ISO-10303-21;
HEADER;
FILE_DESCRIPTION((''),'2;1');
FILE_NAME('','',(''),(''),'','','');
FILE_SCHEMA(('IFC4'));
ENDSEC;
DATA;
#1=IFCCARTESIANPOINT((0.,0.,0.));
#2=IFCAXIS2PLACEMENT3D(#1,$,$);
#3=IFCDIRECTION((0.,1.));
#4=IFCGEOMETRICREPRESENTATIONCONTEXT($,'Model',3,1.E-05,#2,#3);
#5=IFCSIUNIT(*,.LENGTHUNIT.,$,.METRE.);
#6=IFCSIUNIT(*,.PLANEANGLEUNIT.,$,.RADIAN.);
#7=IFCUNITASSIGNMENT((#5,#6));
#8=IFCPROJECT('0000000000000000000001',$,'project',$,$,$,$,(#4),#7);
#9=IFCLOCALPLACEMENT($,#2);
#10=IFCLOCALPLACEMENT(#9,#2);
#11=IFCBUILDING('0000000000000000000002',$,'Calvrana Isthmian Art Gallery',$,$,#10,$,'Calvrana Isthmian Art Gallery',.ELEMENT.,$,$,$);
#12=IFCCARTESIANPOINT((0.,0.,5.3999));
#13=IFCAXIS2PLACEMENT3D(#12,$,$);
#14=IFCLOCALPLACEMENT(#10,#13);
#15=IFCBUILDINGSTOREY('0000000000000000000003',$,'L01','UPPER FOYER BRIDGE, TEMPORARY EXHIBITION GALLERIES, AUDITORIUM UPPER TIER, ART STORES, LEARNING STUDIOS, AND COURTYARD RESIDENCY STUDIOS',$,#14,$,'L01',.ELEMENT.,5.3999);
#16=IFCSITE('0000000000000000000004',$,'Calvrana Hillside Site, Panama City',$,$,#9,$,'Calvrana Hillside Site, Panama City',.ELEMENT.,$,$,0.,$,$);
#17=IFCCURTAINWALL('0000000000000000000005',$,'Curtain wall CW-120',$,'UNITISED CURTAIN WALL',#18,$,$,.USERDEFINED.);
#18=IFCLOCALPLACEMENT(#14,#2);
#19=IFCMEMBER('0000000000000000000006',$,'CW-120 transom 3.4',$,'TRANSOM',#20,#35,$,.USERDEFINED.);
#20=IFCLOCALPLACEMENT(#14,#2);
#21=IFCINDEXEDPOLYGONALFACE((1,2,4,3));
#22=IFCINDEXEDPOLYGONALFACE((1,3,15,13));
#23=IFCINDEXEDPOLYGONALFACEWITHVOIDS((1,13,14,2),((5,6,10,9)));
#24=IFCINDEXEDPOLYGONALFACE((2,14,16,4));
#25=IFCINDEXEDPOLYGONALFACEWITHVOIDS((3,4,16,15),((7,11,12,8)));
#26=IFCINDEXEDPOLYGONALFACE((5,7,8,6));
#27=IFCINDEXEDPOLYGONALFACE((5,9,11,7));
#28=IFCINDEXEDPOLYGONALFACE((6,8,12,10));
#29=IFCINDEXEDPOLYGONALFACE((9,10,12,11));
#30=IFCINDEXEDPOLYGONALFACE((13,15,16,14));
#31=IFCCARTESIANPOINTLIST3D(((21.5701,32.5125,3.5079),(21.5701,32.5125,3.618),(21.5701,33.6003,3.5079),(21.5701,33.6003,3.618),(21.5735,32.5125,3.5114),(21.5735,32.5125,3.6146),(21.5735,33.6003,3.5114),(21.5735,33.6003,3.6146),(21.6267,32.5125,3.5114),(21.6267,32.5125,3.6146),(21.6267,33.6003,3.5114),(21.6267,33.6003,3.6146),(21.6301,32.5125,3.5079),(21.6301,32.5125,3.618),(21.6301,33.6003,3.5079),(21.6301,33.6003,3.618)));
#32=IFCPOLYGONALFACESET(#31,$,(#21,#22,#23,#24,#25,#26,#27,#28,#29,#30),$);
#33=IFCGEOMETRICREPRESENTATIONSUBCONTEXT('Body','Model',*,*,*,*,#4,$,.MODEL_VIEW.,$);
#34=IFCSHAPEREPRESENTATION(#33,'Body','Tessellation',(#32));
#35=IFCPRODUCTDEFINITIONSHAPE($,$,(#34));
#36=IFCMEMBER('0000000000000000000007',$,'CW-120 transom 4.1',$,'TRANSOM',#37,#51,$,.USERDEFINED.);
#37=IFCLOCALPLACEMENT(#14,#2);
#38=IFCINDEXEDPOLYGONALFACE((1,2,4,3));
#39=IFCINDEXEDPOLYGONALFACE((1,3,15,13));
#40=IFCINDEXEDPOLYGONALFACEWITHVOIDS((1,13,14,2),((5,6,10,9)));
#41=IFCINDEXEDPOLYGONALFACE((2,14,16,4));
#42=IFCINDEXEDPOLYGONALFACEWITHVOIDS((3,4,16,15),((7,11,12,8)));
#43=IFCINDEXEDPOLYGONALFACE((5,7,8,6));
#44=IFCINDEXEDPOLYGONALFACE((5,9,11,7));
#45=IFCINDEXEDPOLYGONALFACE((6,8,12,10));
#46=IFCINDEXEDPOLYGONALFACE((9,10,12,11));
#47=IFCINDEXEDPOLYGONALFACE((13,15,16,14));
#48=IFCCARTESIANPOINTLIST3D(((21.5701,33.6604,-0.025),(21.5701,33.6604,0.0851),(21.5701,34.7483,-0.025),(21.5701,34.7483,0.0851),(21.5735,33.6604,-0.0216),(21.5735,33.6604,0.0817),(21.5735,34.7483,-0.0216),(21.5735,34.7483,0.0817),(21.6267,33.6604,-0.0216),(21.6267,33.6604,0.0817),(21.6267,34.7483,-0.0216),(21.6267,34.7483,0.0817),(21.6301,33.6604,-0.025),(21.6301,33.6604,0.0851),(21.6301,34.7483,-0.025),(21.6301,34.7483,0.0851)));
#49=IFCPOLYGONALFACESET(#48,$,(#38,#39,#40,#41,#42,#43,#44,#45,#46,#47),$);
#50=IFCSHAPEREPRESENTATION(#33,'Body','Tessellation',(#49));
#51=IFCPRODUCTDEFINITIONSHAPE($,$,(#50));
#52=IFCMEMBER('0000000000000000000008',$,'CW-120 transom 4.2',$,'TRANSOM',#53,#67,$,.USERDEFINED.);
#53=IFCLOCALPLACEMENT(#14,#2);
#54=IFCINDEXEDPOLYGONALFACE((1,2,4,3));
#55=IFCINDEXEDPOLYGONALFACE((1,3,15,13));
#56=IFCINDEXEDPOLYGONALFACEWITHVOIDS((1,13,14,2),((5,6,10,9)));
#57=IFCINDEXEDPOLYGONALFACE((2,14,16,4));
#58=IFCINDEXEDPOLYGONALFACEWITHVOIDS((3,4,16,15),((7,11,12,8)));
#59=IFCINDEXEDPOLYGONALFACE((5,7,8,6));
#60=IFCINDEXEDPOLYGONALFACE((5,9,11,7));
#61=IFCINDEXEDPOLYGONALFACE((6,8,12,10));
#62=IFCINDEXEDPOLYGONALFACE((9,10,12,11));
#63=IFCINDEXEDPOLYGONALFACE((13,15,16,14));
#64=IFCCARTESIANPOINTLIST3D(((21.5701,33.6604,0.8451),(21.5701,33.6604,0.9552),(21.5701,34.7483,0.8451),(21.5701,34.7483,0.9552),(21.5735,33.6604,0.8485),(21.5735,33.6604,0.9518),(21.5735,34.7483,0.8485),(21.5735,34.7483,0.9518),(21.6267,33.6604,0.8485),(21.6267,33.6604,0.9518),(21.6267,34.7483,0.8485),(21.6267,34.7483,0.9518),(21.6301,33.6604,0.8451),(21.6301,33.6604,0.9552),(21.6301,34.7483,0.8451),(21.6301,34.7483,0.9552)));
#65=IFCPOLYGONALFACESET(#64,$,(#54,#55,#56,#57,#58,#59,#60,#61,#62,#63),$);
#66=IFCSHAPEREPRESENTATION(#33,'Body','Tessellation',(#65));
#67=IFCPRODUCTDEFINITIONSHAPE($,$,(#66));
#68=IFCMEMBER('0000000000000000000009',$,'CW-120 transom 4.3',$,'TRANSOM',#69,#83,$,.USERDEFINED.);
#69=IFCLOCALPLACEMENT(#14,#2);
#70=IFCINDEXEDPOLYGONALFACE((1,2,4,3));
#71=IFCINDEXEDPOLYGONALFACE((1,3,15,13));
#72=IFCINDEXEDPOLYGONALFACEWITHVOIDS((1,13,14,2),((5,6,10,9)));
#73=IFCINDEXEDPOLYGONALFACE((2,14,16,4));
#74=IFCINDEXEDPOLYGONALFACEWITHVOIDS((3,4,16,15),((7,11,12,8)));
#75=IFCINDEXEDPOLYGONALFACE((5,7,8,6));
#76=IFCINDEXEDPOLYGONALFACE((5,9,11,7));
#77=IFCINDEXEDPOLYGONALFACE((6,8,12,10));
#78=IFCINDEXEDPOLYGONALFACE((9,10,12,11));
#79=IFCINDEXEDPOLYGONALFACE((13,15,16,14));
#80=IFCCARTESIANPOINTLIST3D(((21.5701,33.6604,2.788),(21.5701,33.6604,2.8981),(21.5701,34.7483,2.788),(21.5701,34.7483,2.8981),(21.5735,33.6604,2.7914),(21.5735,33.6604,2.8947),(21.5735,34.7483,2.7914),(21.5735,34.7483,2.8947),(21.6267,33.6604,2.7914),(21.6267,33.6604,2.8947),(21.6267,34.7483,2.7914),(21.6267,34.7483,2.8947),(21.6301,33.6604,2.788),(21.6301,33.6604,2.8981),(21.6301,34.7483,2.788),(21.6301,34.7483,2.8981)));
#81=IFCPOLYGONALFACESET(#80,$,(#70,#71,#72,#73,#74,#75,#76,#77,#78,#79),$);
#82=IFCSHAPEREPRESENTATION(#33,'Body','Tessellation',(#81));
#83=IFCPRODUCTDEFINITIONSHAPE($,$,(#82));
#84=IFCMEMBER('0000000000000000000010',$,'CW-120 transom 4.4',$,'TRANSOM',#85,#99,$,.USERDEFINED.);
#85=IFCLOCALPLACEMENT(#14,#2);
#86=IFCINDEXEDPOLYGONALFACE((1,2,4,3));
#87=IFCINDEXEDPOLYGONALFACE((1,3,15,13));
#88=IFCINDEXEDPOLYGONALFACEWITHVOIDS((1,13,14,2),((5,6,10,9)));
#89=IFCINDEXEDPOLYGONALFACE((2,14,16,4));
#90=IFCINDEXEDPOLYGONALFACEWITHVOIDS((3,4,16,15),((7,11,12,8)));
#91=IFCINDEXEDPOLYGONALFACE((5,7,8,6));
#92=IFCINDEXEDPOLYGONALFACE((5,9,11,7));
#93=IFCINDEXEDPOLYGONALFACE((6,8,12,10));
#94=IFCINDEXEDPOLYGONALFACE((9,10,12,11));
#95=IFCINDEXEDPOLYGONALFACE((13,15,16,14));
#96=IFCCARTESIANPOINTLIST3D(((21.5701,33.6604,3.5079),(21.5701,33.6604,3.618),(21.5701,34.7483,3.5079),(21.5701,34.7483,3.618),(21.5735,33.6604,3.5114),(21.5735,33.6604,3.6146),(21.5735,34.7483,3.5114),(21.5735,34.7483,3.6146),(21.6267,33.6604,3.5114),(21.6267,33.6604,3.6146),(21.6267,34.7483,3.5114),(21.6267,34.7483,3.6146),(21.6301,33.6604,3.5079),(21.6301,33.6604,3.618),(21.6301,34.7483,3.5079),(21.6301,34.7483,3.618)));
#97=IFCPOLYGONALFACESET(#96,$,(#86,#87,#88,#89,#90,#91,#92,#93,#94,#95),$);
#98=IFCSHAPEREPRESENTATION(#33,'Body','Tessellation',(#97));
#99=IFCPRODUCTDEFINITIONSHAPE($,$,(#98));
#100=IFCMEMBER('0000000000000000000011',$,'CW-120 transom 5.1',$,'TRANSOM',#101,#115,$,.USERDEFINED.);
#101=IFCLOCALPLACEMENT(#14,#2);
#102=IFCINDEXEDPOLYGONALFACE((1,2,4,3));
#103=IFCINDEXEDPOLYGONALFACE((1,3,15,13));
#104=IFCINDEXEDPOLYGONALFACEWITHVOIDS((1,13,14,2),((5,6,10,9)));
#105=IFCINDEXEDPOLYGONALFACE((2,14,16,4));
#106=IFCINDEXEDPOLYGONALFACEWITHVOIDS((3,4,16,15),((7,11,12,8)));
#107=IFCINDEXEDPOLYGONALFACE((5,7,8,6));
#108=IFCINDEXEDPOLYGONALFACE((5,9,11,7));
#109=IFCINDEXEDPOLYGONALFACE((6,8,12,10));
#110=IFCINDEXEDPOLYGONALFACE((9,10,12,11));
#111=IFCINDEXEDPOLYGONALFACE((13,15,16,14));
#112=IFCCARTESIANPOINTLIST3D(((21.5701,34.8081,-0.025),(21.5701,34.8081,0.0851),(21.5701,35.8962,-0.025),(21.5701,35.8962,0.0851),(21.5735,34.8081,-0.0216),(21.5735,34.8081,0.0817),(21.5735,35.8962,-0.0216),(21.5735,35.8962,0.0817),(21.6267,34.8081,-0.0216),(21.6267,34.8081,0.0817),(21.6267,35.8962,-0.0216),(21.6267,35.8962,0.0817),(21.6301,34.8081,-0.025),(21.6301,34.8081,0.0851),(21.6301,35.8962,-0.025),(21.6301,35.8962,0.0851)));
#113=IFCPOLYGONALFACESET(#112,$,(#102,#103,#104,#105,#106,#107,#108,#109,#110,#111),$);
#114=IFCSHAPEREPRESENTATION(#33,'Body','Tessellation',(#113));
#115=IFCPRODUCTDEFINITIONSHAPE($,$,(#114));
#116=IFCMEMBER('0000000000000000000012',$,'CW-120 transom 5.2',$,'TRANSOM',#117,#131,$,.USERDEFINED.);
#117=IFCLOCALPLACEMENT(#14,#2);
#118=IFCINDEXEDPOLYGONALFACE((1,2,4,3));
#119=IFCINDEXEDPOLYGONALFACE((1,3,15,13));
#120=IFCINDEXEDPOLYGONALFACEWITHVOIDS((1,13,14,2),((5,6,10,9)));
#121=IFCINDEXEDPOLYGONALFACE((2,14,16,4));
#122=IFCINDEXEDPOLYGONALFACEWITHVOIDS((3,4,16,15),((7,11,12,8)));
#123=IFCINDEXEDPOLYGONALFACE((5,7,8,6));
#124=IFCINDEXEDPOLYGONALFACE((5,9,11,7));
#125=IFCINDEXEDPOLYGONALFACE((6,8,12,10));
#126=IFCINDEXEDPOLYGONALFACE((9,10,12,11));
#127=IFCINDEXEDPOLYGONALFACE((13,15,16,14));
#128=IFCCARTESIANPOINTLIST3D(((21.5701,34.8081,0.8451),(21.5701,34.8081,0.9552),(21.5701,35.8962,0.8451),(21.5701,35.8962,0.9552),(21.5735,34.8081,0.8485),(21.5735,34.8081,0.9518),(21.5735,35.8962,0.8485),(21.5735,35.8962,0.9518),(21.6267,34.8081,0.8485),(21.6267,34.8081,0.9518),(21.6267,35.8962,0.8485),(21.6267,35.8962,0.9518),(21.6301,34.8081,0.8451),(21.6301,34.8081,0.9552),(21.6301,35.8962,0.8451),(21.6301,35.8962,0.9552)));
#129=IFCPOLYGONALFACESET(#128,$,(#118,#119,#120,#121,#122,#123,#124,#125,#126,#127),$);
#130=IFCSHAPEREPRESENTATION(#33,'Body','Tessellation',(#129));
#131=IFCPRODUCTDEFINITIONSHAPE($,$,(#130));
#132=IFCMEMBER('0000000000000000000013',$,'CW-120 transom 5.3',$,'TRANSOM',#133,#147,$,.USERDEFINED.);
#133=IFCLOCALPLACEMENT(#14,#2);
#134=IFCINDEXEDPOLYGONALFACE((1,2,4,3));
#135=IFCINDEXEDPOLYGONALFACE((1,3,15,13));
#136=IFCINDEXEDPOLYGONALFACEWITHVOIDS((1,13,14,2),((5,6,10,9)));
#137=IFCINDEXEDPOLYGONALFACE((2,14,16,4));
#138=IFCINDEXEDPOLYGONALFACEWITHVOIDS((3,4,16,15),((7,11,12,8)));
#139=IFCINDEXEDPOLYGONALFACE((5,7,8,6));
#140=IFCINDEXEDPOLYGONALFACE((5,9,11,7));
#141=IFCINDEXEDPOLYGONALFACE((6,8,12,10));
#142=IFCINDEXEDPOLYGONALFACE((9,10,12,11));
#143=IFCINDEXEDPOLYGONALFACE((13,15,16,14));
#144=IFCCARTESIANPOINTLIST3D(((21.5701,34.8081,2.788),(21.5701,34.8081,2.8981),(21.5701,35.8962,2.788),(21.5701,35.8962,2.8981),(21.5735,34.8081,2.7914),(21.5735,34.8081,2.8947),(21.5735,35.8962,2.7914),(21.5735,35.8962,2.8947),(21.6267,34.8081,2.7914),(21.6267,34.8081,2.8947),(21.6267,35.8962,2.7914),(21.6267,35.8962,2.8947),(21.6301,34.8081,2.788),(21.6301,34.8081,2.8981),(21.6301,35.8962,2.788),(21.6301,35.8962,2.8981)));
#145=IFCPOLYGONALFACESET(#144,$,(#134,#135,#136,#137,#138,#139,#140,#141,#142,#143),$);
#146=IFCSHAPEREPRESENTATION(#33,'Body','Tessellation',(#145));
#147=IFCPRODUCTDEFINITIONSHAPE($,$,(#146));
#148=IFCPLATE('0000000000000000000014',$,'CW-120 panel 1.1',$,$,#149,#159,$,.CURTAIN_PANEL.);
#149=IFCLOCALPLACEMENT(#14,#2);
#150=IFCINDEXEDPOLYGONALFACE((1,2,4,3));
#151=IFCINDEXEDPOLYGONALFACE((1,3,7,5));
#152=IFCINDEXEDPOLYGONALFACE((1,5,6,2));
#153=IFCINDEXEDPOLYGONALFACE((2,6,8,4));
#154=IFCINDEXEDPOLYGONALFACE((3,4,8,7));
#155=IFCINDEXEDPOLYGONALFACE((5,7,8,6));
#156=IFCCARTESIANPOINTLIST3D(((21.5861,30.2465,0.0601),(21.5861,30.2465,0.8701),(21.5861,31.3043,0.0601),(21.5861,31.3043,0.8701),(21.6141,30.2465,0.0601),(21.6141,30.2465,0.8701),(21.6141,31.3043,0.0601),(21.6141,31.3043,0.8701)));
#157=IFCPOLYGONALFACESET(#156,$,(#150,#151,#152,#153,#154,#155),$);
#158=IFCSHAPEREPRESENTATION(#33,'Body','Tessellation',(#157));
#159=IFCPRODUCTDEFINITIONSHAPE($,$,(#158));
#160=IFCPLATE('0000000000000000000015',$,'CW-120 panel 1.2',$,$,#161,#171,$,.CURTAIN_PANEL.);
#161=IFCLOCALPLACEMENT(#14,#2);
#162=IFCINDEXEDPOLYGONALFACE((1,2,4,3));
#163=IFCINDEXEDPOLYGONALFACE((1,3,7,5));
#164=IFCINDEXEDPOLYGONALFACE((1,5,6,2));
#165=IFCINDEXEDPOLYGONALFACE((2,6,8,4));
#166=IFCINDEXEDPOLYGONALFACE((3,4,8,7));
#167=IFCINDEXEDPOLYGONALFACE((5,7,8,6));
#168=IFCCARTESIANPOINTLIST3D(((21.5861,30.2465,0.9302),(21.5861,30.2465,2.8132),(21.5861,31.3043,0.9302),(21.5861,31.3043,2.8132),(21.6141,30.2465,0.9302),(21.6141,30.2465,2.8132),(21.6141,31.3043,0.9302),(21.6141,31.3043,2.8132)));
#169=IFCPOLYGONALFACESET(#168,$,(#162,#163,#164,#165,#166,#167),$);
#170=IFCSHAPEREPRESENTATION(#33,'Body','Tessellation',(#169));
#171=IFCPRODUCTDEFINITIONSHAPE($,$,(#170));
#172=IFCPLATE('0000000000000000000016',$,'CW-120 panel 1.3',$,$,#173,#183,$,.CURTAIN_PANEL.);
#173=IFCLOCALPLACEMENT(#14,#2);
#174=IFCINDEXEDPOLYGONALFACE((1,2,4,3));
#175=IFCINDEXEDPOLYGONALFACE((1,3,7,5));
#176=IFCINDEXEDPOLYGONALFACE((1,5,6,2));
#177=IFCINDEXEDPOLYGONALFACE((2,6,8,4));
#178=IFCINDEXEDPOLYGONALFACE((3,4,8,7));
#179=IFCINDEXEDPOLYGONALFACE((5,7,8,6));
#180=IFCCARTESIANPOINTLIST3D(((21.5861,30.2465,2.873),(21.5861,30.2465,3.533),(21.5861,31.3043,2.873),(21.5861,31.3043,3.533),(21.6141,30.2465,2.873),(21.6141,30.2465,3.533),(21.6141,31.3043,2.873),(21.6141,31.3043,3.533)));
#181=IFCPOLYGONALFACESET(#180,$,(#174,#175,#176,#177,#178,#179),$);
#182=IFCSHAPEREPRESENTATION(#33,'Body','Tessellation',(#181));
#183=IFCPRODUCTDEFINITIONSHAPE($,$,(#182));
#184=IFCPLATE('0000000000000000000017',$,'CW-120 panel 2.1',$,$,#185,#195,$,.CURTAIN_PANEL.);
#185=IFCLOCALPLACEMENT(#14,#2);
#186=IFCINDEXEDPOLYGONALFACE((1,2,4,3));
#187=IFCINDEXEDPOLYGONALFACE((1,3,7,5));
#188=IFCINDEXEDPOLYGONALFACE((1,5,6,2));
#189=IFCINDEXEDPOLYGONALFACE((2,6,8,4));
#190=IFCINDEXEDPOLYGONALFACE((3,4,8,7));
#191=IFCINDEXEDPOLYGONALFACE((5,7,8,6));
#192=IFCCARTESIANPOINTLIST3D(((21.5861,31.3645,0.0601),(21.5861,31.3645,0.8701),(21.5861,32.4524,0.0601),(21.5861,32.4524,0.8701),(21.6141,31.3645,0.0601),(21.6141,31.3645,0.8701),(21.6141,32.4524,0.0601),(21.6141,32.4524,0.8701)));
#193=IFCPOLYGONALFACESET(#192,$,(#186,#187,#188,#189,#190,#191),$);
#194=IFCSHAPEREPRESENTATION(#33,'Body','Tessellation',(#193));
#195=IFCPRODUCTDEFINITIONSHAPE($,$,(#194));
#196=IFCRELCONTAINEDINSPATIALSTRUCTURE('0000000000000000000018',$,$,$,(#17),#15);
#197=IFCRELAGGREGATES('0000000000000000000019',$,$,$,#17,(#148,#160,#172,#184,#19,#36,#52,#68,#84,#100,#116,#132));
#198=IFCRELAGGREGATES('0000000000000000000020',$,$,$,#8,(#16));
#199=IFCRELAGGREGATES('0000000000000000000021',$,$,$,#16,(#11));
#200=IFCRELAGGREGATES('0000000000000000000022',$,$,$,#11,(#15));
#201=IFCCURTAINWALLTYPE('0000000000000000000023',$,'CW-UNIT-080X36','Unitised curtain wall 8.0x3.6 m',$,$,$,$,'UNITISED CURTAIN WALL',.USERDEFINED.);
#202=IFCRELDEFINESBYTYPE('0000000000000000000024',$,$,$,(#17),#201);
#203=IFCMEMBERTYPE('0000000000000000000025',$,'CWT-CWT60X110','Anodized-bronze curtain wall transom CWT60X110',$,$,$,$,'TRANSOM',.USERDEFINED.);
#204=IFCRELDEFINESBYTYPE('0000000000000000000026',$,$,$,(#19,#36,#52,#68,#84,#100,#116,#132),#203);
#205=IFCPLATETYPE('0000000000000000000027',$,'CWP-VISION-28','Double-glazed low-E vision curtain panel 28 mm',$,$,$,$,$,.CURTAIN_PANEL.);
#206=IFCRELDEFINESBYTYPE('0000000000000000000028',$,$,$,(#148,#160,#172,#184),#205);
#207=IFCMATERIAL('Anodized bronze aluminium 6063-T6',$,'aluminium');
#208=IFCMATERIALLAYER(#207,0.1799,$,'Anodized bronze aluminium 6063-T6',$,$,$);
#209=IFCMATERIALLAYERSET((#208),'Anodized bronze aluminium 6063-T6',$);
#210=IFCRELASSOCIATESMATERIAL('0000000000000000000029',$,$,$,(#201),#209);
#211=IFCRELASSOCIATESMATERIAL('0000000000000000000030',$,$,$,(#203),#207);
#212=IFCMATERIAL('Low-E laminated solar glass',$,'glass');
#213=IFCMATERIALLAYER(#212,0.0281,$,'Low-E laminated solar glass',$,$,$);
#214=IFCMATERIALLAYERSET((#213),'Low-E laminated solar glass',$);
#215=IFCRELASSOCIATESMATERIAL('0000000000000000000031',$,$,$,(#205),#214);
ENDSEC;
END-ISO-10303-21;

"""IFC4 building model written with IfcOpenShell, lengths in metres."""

from ifc_helpers import new_model, si_unit, direction, frame, origin, origin_2d, place, context, subcontext, project, spatial, rectangle, hollow_rectangle, extrude, material, layer, layer_set, material_profile, profile_set, type_object, element, aggregate, save


model = new_model("IFC4")

# Units and contexts
model_context = context("Model", 3, precision=1e-05, world=origin(), true_north=direction((0.0, 1.0)))
body_context = subcontext(model_context, "Body", "Model", "MODEL_VIEW")
ifc_project = project(units=[si_unit("LENGTHUNIT", "METRE"), si_unit("PLANEANGLEUNIT", "RADIAN")], contexts=[model_context])

# Site, building, storey
site_placement = place(None, origin())
site = spatial("IfcSite", under=ifc_project, at=site_placement, Name="Calvrana Hillside Site, Panama City", LongName="Calvrana Hillside Site, Panama City", CompositionType="ELEMENT", RefElevation=0.0)
building_placement = place(site_placement, origin())
building = spatial("IfcBuilding", under=site, at=building_placement, Name="Calvrana Isthmian Art Gallery", LongName="Calvrana Isthmian Art Gallery", CompositionType="ELEMENT")
storey_placement = place(building_placement, frame((0.0, 0.0, 5.3999)))
storey = spatial("IfcBuildingStorey", under=building, at=storey_placement, Name="L01", Description="UPPER FOYER BRIDGE, TEMPORARY EXHIBITION GALLERIES, AUDITORIUM UPPER TIER, ART STORES, LEARNING STUDIOS, AND COURTYARD RESIDENCY STUDIOS", LongName="L01", CompositionType="ELEMENT", Elevation=5.3999)

# Curtain wall, members, plates
ifc_material_1 = material(Name="Anodized bronze aluminium 6063-T6", Category="aluminium")
ifc_layer_1 = layer(ifc_material_1, 0.1799, Name="Anodized bronze aluminium 6063-T6")
ifc_layer_set_1 = layer_set([ifc_layer_1], Name="Anodized bronze aluminium 6063-T6")
curtain_wall_type = type_object("IfcCurtainWallType", Name="CW-UNIT-080X36", Description="Unitised curtain wall 8.0x3.6 m", ElementType="UNITISED CURTAIN WALL", PredefinedType="USERDEFINED", material=ifc_layer_set_1)
curtain_wall_placement = place(storey_placement, origin())
curtain_wall = element("IfcCurtainWall", 1, at=curtain_wall_placement, inside=storey, type_object=curtain_wall_type, Name="Curtain wall CW-120", ObjectType="UNITISED CURTAIN WALL", PredefinedType="USERDEFINED")
ifc_material_profile_1 = material_profile(ifc_material_1, hollow_rectangle(XDim=0.0601, YDim=0.1101, WallThickness=0.0034, at=origin_2d()), Name="CWT60X110")
ifc_profile_set_1 = profile_set([ifc_material_profile_1], Name="Anodized bronze aluminium 6063-T6")
member_type_1 = type_object("IfcMemberType", Name="CWT-CWT60X110", Description="Anodized-bronze curtain wall transom CWT60X110", ElementType="TRANSOM", PredefinedType="USERDEFINED", material=ifc_profile_set_1)
member_1_placement = place(storey_placement, frame((21.6001, 32.5125, 3.563), z_axis=(0.0, 1.0, 0.0), x_axis=(-1.0, 0.0, 0.0)))
member_1 = element("IfcMember", 2, at=member_1_placement, type_object=member_type_1, Name="CW-120 transom 3.4", ObjectType="TRANSOM", PredefinedType="USERDEFINED", context=body_context, shape_type="SweptSolid", body=[
    extrude(hollow_rectangle(XDim=0.0601, YDim=0.1101, WallThickness=0.0034, at=origin_2d()), origin(), (0.0, 0.0, 1.0), 1.0879),
])
member_2_placement = place(storey_placement, frame((21.6001, 33.6604, 0.03), z_axis=(0.0, 1.0, 0.0), x_axis=(-1.0, 0.0, 0.0)))
member_2 = element("IfcMember", 3, at=member_2_placement, type_object=member_type_1, Name="CW-120 transom 4.1", ObjectType="TRANSOM", PredefinedType="USERDEFINED", context=body_context, shape_type="SweptSolid", body=[
    extrude(hollow_rectangle(XDim=0.0601, YDim=0.1101, WallThickness=0.0034, at=origin_2d()), origin(), (0.0, 0.0, 1.0), 1.0879),
])
member_3_placement = place(storey_placement, frame((21.6001, 33.6604, 0.9001), z_axis=(0.0, 1.0, 0.0), x_axis=(-1.0, 0.0, 0.0)))
member_3 = element("IfcMember", 4, at=member_3_placement, type_object=member_type_1, Name="CW-120 transom 4.2", ObjectType="TRANSOM", PredefinedType="USERDEFINED", context=body_context, shape_type="SweptSolid", body=[
    extrude(hollow_rectangle(XDim=0.0601, YDim=0.1101, WallThickness=0.0034, at=origin_2d()), origin(), (0.0, 0.0, 1.0), 1.0879),
])
member_4_placement = place(storey_placement, frame((21.6001, 33.6604, 2.843), z_axis=(0.0, 1.0, 0.0), x_axis=(-1.0, 0.0, 0.0)))
member_4 = element("IfcMember", 5, at=member_4_placement, type_object=member_type_1, Name="CW-120 transom 4.3", ObjectType="TRANSOM", PredefinedType="USERDEFINED", context=body_context, shape_type="SweptSolid", body=[
    extrude(hollow_rectangle(XDim=0.0601, YDim=0.1101, WallThickness=0.0034, at=origin_2d()), origin(), (0.0, 0.0, 1.0), 1.0879),
])
member_5_placement = place(storey_placement, frame((21.6001, 33.6604, 3.563), z_axis=(0.0, 1.0, 0.0), x_axis=(-1.0, 0.0, 0.0)))
member_5 = element("IfcMember", 6, at=member_5_placement, type_object=member_type_1, Name="CW-120 transom 4.4", ObjectType="TRANSOM", PredefinedType="USERDEFINED", context=body_context, shape_type="SweptSolid", body=[
    extrude(hollow_rectangle(XDim=0.0601, YDim=0.1101, WallThickness=0.0034, at=origin_2d()), origin(), (0.0, 0.0, 1.0), 1.0879),
])
member_6_placement = place(storey_placement, frame((21.6001, 34.8081, 0.03), z_axis=(0.0, 1.0, 0.0), x_axis=(-1.0, 0.0, 0.0)))
member_6 = element("IfcMember", 7, at=member_6_placement, type_object=member_type_1, Name="CW-120 transom 5.1", ObjectType="TRANSOM", PredefinedType="USERDEFINED", context=body_context, shape_type="SweptSolid", body=[
    extrude(hollow_rectangle(XDim=0.0601, YDim=0.1101, WallThickness=0.0034, at=origin_2d()), origin(), (0.0, 0.0, 1.0), 1.0881),
])
member_7_placement = place(storey_placement, frame((21.6001, 34.8081, 0.9001), z_axis=(0.0, 1.0, 0.0), x_axis=(-1.0, 0.0, 0.0)))
member_7 = element("IfcMember", 8, at=member_7_placement, type_object=member_type_1, Name="CW-120 transom 5.2", ObjectType="TRANSOM", PredefinedType="USERDEFINED", context=body_context, shape_type="SweptSolid", body=[
    extrude(hollow_rectangle(XDim=0.0601, YDim=0.1101, WallThickness=0.0034, at=origin_2d()), origin(), (0.0, 0.0, 1.0), 1.0881),
])
member_8_placement = place(storey_placement, frame((21.6001, 34.8081, 2.843), z_axis=(0.0, 1.0, 0.0), x_axis=(-1.0, 0.0, 0.0)))
member_8 = element("IfcMember", 9, at=member_8_placement, type_object=member_type_1, Name="CW-120 transom 5.3", ObjectType="TRANSOM", PredefinedType="USERDEFINED", context=body_context, shape_type="SweptSolid", body=[
    extrude(hollow_rectangle(XDim=0.0601, YDim=0.1101, WallThickness=0.0034, at=origin_2d()), origin(), (0.0, 0.0, 1.0), 1.0881),
])
ifc_material_2 = material(Name="Low-E laminated solar glass", Category="glass")
ifc_layer_2 = layer(ifc_material_2, 0.0281, Name="Low-E laminated solar glass")
ifc_layer_set_2 = layer_set([ifc_layer_2], Name="Low-E laminated solar glass")
plate_type = type_object("IfcPlateType", Name="CWP-VISION-28", Description="Double-glazed low-E vision curtain panel 28 mm", PredefinedType="CURTAIN_PANEL", material=ifc_layer_set_2)
plate_1_placement = place(storey_placement, frame((21.6001, 30.7754, 0.0601), z_axis=(0.0, 0.0, 1.0), x_axis=(0.0, 1.0, 0.0)))
plate_1 = element("IfcPlate", 10, at=plate_1_placement, type_object=plate_type, Name="CW-120 panel 1.1", PredefinedType="CURTAIN_PANEL", context=body_context, shape_type="SweptSolid", body=[
    extrude(rectangle(XDim=1.0579, YDim=0.0281, at=origin_2d()), origin(), (0.0, 0.0, 1.0), 0.8101),
])
plate_2_placement = place(storey_placement, frame((21.6001, 30.7754, 0.9302), z_axis=(0.0, 0.0, 1.0), x_axis=(0.0, 1.0, 0.0)))
plate_2 = element("IfcPlate", 11, at=plate_2_placement, type_object=plate_type, Name="CW-120 panel 1.2", PredefinedType="CURTAIN_PANEL", context=body_context, shape_type="SweptSolid", body=[
    extrude(rectangle(XDim=1.0579, YDim=0.0281, at=origin_2d()), origin(), (0.0, 0.0, 1.0), 1.8831),
])
plate_3_placement = place(storey_placement, frame((21.6001, 30.7754, 2.873), z_axis=(0.0, 0.0, 1.0), x_axis=(0.0, 1.0, 0.0)))
plate_3 = element("IfcPlate", 12, at=plate_3_placement, type_object=plate_type, Name="CW-120 panel 1.3", PredefinedType="CURTAIN_PANEL", context=body_context, shape_type="SweptSolid", body=[
    extrude(rectangle(XDim=1.0579, YDim=0.0281, at=origin_2d()), origin(), (0.0, 0.0, 1.0), 0.6599),
])
plate_4_placement = place(storey_placement, frame((21.6001, 31.9084, 0.0601), z_axis=(0.0, 0.0, 1.0), x_axis=(0.0, 1.0, 0.0)))
plate_4 = element("IfcPlate", 13, at=plate_4_placement, type_object=plate_type, Name="CW-120 panel 2.1", PredefinedType="CURTAIN_PANEL", context=body_context, shape_type="SweptSolid", body=[
    extrude(rectangle(XDim=1.0879, YDim=0.0281, at=origin_2d()), origin(), (0.0, 0.0, 1.0), 0.8101),
])
aggregate(curtain_wall, [plate_1, plate_2, plate_3, plate_4, member_1, member_2, member_3, member_4, member_5, member_6, member_7, member_8])

save(model, "model.ifc")
